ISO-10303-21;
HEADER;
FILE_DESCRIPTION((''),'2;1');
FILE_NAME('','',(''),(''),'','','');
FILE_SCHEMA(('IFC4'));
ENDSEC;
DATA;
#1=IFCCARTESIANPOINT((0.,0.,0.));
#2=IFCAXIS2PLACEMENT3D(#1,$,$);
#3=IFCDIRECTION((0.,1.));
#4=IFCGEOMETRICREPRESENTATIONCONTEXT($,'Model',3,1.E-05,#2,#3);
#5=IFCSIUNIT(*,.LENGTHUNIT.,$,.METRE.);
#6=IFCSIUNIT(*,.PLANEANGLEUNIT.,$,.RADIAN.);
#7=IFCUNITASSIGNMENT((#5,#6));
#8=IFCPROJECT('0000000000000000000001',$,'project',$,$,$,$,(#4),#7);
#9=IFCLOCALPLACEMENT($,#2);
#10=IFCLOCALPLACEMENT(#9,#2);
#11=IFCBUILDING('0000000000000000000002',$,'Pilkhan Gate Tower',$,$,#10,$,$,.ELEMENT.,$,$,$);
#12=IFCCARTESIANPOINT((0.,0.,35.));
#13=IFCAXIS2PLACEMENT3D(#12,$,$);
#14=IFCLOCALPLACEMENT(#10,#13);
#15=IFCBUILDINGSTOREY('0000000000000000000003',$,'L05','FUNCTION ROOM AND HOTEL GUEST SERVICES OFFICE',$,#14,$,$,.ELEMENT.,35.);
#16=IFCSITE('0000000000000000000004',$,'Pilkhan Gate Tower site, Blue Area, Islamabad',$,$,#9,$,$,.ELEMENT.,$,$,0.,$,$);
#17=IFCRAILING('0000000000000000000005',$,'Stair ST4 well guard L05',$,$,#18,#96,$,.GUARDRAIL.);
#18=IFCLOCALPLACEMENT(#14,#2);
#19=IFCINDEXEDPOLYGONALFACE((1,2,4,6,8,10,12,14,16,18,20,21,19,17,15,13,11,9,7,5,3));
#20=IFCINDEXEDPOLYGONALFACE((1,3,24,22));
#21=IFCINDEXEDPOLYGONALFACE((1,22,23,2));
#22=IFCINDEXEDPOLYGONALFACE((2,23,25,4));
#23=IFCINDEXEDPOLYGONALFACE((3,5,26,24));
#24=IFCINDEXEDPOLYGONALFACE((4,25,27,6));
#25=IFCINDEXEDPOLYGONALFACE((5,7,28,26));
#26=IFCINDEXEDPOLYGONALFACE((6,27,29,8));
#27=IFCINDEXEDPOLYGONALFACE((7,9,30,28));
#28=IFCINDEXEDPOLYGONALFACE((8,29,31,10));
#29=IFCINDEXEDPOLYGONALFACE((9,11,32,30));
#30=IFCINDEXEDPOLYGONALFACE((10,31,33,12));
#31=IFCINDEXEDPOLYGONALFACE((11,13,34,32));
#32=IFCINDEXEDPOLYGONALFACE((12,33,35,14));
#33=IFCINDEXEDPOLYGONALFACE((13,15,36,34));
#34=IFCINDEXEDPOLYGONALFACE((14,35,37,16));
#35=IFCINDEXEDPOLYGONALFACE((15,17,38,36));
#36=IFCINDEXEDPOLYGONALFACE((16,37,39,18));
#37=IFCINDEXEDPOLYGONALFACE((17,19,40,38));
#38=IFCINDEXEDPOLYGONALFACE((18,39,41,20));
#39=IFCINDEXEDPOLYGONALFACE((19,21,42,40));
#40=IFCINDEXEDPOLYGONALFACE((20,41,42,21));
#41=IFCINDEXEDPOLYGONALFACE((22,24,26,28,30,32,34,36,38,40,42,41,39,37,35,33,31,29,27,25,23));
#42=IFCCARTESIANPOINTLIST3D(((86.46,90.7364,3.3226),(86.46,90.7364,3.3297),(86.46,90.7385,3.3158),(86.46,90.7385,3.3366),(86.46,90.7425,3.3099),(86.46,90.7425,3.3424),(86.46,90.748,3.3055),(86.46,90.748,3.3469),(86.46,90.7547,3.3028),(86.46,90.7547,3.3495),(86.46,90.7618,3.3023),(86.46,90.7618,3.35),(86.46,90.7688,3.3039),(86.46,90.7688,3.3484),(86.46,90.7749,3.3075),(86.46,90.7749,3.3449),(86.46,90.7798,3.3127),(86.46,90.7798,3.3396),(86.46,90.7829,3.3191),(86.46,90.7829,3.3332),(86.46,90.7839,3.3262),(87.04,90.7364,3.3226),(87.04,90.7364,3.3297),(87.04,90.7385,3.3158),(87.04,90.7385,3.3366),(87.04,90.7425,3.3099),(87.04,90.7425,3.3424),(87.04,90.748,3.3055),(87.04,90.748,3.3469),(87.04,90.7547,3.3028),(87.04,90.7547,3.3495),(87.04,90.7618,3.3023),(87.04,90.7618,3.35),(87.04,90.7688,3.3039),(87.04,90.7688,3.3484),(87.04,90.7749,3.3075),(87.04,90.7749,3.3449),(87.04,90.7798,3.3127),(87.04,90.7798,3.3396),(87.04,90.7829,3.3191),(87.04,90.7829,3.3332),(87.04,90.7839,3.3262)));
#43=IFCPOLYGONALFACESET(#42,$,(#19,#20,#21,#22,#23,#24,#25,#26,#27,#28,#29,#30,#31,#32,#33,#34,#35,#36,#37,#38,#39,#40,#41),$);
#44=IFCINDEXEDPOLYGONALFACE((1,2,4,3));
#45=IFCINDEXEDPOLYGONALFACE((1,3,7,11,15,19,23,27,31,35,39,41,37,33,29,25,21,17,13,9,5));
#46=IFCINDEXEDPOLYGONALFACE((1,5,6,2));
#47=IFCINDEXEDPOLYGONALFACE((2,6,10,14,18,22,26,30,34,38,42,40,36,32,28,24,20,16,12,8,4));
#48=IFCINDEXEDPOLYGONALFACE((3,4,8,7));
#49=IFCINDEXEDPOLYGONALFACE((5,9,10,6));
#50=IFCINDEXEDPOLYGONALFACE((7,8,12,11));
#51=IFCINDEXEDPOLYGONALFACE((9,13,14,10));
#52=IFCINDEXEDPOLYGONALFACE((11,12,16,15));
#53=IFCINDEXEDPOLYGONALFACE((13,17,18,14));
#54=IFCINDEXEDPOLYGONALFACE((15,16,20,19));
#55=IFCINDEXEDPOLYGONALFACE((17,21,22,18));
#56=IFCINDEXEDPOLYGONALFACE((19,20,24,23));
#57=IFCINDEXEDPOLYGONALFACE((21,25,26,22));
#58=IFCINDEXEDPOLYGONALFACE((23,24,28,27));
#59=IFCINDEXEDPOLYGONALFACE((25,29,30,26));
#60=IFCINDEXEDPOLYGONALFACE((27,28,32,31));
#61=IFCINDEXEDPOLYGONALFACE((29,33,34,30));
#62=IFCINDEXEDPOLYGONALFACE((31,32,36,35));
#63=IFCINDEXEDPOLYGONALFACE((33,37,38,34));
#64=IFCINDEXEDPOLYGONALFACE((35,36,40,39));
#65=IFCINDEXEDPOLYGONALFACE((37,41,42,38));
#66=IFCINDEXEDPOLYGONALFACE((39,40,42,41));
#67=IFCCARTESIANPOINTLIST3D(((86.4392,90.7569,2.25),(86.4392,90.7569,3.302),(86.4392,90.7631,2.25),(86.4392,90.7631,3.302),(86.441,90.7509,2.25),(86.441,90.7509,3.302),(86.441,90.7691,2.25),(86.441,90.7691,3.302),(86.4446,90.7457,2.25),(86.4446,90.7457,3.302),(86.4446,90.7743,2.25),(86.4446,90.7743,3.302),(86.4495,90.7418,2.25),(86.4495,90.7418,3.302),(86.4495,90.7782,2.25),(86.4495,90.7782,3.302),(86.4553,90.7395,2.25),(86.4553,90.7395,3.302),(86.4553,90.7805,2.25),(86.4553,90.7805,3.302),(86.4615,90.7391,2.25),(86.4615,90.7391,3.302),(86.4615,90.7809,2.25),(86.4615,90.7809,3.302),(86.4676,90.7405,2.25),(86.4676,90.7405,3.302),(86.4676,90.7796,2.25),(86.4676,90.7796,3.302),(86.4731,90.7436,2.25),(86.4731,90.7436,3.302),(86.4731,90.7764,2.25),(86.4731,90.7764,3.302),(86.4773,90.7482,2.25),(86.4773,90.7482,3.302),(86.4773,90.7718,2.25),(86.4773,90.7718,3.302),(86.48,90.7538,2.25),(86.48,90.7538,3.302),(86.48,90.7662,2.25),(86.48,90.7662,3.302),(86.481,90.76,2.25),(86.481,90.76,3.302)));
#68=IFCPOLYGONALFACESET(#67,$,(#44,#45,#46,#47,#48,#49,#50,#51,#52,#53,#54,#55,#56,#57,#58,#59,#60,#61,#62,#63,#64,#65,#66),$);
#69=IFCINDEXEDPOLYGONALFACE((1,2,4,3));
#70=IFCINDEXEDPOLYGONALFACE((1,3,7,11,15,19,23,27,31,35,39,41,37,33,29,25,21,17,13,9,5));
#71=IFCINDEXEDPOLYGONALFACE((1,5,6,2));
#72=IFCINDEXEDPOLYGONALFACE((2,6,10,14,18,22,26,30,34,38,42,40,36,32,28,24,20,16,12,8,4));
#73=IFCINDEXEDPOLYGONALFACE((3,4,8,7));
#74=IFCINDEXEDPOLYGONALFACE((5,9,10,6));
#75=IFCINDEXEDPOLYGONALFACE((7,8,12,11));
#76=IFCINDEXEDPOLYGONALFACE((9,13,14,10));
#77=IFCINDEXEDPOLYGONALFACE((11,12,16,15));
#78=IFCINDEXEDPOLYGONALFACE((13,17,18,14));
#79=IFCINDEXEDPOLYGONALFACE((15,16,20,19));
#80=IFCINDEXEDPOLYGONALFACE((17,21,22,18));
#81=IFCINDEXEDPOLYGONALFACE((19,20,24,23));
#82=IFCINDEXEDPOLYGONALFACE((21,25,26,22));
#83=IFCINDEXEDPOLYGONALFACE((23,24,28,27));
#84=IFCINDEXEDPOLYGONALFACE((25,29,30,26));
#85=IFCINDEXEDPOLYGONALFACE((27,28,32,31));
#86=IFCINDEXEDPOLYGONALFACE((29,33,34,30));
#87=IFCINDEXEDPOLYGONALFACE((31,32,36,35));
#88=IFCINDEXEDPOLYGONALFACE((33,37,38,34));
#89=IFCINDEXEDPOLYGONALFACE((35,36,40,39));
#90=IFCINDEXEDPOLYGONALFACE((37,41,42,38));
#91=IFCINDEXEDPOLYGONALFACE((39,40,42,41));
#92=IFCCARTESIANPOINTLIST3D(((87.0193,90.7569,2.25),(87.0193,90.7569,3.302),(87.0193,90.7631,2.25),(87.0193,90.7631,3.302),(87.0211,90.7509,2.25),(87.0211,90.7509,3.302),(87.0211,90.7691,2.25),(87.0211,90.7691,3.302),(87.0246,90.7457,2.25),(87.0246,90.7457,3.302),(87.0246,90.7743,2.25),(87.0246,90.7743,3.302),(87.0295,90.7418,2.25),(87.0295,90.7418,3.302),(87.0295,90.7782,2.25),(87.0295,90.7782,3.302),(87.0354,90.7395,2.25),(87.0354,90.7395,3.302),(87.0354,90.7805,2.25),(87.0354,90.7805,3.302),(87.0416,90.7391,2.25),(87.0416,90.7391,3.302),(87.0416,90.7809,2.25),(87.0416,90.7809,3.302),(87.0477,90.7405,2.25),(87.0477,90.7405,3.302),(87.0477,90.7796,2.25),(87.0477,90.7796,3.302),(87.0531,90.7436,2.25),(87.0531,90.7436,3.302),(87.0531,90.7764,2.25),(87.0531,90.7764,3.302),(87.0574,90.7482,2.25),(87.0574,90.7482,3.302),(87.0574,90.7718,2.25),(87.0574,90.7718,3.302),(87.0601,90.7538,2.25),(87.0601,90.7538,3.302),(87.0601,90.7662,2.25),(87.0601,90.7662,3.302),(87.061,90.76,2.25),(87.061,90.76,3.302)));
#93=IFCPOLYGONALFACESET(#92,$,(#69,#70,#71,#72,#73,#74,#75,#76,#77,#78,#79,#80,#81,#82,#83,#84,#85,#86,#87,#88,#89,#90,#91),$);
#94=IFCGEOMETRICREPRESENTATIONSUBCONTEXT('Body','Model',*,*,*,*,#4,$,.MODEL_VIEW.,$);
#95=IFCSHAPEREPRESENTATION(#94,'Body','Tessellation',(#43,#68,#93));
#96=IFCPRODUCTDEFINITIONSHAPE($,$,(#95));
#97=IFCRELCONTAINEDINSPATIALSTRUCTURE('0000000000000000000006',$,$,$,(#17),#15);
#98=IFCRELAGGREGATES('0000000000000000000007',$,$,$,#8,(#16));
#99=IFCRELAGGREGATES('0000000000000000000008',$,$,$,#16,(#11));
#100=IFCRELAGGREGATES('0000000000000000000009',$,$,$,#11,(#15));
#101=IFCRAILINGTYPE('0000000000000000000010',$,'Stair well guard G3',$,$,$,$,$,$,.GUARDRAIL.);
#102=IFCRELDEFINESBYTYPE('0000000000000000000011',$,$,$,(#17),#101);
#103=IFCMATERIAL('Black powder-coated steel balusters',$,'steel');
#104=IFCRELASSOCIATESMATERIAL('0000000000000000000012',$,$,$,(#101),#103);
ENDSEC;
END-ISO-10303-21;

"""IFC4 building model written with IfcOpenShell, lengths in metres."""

from ifc_helpers import new_model, si_unit, direction, frame, origin, origin_2d, place, context, subcontext, project, spatial, circle, extrude, material, type_object, element, save


model = new_model("IFC4")

# Units and contexts
model_context = context("Model", 3, precision=1e-05, world=origin(), true_north=direction((0.0, 1.0)))
body_context = subcontext(model_context, "Body", "Model", "MODEL_VIEW")
ifc_project = project(units=[si_unit("LENGTHUNIT", "METRE"), si_unit("PLANEANGLEUNIT", "RADIAN")], contexts=[model_context])

# Site, building, storey
site_placement = place(None, origin())
site = spatial("IfcSite", under=ifc_project, at=site_placement, Name="Pilkhan Gate Tower site, Blue Area, Islamabad", CompositionType="ELEMENT", RefElevation=0.0)
building_placement = place(site_placement, origin())
building = spatial("IfcBuilding", under=site, at=building_placement, Name="Pilkhan Gate Tower", CompositionType="ELEMENT")
storey_placement = place(building_placement, frame((0.0, 0.0, 35.0)))
storey = spatial("IfcBuildingStorey", under=building, at=storey_placement, Name="L05", Description="FUNCTION ROOM AND HOTEL GUEST SERVICES OFFICE", CompositionType="ELEMENT", Elevation=35.0)

# Railing
ifc_material_1 = material(Name="Black powder-coated steel balusters", Category="steel")
railing_type_1 = type_object("IfcRailingType", Name="Stair well guard G3", PredefinedType="GUARDRAIL", material=ifc_material_1)
for number, where, name in (
    (1, (86.46, 90.76, 2.25), "Stair ST4 well guard L05"),
):
    element("IfcRailing", number, at=place(storey_placement, frame(where)), inside=storey, type_object=railing_type_1, Name=name, PredefinedType="GUARDRAIL", context=body_context, shape_type="SweptSolid", body=[
        extrude(circle(Radius=0.0239, at=origin_2d()), frame((0.0, 0.0, 1.0762), z_axis=(1.0, 0.0, 0.0), x_axis=(0.0, 1.0, 0.0)), (0.0, 0.0, 1.0), 0.5801),
        extrude(circle(Radius=0.021, at=origin_2d()), origin(), (0.0, 0.0, 1.0), 1.052),
        extrude(circle(Radius=0.021, at=origin_2d()), frame((0.5801, 0.0, 0.0)), (0.0, 0.0, 1.0), 1.052),
    ])

save(model, "model.ifc")
